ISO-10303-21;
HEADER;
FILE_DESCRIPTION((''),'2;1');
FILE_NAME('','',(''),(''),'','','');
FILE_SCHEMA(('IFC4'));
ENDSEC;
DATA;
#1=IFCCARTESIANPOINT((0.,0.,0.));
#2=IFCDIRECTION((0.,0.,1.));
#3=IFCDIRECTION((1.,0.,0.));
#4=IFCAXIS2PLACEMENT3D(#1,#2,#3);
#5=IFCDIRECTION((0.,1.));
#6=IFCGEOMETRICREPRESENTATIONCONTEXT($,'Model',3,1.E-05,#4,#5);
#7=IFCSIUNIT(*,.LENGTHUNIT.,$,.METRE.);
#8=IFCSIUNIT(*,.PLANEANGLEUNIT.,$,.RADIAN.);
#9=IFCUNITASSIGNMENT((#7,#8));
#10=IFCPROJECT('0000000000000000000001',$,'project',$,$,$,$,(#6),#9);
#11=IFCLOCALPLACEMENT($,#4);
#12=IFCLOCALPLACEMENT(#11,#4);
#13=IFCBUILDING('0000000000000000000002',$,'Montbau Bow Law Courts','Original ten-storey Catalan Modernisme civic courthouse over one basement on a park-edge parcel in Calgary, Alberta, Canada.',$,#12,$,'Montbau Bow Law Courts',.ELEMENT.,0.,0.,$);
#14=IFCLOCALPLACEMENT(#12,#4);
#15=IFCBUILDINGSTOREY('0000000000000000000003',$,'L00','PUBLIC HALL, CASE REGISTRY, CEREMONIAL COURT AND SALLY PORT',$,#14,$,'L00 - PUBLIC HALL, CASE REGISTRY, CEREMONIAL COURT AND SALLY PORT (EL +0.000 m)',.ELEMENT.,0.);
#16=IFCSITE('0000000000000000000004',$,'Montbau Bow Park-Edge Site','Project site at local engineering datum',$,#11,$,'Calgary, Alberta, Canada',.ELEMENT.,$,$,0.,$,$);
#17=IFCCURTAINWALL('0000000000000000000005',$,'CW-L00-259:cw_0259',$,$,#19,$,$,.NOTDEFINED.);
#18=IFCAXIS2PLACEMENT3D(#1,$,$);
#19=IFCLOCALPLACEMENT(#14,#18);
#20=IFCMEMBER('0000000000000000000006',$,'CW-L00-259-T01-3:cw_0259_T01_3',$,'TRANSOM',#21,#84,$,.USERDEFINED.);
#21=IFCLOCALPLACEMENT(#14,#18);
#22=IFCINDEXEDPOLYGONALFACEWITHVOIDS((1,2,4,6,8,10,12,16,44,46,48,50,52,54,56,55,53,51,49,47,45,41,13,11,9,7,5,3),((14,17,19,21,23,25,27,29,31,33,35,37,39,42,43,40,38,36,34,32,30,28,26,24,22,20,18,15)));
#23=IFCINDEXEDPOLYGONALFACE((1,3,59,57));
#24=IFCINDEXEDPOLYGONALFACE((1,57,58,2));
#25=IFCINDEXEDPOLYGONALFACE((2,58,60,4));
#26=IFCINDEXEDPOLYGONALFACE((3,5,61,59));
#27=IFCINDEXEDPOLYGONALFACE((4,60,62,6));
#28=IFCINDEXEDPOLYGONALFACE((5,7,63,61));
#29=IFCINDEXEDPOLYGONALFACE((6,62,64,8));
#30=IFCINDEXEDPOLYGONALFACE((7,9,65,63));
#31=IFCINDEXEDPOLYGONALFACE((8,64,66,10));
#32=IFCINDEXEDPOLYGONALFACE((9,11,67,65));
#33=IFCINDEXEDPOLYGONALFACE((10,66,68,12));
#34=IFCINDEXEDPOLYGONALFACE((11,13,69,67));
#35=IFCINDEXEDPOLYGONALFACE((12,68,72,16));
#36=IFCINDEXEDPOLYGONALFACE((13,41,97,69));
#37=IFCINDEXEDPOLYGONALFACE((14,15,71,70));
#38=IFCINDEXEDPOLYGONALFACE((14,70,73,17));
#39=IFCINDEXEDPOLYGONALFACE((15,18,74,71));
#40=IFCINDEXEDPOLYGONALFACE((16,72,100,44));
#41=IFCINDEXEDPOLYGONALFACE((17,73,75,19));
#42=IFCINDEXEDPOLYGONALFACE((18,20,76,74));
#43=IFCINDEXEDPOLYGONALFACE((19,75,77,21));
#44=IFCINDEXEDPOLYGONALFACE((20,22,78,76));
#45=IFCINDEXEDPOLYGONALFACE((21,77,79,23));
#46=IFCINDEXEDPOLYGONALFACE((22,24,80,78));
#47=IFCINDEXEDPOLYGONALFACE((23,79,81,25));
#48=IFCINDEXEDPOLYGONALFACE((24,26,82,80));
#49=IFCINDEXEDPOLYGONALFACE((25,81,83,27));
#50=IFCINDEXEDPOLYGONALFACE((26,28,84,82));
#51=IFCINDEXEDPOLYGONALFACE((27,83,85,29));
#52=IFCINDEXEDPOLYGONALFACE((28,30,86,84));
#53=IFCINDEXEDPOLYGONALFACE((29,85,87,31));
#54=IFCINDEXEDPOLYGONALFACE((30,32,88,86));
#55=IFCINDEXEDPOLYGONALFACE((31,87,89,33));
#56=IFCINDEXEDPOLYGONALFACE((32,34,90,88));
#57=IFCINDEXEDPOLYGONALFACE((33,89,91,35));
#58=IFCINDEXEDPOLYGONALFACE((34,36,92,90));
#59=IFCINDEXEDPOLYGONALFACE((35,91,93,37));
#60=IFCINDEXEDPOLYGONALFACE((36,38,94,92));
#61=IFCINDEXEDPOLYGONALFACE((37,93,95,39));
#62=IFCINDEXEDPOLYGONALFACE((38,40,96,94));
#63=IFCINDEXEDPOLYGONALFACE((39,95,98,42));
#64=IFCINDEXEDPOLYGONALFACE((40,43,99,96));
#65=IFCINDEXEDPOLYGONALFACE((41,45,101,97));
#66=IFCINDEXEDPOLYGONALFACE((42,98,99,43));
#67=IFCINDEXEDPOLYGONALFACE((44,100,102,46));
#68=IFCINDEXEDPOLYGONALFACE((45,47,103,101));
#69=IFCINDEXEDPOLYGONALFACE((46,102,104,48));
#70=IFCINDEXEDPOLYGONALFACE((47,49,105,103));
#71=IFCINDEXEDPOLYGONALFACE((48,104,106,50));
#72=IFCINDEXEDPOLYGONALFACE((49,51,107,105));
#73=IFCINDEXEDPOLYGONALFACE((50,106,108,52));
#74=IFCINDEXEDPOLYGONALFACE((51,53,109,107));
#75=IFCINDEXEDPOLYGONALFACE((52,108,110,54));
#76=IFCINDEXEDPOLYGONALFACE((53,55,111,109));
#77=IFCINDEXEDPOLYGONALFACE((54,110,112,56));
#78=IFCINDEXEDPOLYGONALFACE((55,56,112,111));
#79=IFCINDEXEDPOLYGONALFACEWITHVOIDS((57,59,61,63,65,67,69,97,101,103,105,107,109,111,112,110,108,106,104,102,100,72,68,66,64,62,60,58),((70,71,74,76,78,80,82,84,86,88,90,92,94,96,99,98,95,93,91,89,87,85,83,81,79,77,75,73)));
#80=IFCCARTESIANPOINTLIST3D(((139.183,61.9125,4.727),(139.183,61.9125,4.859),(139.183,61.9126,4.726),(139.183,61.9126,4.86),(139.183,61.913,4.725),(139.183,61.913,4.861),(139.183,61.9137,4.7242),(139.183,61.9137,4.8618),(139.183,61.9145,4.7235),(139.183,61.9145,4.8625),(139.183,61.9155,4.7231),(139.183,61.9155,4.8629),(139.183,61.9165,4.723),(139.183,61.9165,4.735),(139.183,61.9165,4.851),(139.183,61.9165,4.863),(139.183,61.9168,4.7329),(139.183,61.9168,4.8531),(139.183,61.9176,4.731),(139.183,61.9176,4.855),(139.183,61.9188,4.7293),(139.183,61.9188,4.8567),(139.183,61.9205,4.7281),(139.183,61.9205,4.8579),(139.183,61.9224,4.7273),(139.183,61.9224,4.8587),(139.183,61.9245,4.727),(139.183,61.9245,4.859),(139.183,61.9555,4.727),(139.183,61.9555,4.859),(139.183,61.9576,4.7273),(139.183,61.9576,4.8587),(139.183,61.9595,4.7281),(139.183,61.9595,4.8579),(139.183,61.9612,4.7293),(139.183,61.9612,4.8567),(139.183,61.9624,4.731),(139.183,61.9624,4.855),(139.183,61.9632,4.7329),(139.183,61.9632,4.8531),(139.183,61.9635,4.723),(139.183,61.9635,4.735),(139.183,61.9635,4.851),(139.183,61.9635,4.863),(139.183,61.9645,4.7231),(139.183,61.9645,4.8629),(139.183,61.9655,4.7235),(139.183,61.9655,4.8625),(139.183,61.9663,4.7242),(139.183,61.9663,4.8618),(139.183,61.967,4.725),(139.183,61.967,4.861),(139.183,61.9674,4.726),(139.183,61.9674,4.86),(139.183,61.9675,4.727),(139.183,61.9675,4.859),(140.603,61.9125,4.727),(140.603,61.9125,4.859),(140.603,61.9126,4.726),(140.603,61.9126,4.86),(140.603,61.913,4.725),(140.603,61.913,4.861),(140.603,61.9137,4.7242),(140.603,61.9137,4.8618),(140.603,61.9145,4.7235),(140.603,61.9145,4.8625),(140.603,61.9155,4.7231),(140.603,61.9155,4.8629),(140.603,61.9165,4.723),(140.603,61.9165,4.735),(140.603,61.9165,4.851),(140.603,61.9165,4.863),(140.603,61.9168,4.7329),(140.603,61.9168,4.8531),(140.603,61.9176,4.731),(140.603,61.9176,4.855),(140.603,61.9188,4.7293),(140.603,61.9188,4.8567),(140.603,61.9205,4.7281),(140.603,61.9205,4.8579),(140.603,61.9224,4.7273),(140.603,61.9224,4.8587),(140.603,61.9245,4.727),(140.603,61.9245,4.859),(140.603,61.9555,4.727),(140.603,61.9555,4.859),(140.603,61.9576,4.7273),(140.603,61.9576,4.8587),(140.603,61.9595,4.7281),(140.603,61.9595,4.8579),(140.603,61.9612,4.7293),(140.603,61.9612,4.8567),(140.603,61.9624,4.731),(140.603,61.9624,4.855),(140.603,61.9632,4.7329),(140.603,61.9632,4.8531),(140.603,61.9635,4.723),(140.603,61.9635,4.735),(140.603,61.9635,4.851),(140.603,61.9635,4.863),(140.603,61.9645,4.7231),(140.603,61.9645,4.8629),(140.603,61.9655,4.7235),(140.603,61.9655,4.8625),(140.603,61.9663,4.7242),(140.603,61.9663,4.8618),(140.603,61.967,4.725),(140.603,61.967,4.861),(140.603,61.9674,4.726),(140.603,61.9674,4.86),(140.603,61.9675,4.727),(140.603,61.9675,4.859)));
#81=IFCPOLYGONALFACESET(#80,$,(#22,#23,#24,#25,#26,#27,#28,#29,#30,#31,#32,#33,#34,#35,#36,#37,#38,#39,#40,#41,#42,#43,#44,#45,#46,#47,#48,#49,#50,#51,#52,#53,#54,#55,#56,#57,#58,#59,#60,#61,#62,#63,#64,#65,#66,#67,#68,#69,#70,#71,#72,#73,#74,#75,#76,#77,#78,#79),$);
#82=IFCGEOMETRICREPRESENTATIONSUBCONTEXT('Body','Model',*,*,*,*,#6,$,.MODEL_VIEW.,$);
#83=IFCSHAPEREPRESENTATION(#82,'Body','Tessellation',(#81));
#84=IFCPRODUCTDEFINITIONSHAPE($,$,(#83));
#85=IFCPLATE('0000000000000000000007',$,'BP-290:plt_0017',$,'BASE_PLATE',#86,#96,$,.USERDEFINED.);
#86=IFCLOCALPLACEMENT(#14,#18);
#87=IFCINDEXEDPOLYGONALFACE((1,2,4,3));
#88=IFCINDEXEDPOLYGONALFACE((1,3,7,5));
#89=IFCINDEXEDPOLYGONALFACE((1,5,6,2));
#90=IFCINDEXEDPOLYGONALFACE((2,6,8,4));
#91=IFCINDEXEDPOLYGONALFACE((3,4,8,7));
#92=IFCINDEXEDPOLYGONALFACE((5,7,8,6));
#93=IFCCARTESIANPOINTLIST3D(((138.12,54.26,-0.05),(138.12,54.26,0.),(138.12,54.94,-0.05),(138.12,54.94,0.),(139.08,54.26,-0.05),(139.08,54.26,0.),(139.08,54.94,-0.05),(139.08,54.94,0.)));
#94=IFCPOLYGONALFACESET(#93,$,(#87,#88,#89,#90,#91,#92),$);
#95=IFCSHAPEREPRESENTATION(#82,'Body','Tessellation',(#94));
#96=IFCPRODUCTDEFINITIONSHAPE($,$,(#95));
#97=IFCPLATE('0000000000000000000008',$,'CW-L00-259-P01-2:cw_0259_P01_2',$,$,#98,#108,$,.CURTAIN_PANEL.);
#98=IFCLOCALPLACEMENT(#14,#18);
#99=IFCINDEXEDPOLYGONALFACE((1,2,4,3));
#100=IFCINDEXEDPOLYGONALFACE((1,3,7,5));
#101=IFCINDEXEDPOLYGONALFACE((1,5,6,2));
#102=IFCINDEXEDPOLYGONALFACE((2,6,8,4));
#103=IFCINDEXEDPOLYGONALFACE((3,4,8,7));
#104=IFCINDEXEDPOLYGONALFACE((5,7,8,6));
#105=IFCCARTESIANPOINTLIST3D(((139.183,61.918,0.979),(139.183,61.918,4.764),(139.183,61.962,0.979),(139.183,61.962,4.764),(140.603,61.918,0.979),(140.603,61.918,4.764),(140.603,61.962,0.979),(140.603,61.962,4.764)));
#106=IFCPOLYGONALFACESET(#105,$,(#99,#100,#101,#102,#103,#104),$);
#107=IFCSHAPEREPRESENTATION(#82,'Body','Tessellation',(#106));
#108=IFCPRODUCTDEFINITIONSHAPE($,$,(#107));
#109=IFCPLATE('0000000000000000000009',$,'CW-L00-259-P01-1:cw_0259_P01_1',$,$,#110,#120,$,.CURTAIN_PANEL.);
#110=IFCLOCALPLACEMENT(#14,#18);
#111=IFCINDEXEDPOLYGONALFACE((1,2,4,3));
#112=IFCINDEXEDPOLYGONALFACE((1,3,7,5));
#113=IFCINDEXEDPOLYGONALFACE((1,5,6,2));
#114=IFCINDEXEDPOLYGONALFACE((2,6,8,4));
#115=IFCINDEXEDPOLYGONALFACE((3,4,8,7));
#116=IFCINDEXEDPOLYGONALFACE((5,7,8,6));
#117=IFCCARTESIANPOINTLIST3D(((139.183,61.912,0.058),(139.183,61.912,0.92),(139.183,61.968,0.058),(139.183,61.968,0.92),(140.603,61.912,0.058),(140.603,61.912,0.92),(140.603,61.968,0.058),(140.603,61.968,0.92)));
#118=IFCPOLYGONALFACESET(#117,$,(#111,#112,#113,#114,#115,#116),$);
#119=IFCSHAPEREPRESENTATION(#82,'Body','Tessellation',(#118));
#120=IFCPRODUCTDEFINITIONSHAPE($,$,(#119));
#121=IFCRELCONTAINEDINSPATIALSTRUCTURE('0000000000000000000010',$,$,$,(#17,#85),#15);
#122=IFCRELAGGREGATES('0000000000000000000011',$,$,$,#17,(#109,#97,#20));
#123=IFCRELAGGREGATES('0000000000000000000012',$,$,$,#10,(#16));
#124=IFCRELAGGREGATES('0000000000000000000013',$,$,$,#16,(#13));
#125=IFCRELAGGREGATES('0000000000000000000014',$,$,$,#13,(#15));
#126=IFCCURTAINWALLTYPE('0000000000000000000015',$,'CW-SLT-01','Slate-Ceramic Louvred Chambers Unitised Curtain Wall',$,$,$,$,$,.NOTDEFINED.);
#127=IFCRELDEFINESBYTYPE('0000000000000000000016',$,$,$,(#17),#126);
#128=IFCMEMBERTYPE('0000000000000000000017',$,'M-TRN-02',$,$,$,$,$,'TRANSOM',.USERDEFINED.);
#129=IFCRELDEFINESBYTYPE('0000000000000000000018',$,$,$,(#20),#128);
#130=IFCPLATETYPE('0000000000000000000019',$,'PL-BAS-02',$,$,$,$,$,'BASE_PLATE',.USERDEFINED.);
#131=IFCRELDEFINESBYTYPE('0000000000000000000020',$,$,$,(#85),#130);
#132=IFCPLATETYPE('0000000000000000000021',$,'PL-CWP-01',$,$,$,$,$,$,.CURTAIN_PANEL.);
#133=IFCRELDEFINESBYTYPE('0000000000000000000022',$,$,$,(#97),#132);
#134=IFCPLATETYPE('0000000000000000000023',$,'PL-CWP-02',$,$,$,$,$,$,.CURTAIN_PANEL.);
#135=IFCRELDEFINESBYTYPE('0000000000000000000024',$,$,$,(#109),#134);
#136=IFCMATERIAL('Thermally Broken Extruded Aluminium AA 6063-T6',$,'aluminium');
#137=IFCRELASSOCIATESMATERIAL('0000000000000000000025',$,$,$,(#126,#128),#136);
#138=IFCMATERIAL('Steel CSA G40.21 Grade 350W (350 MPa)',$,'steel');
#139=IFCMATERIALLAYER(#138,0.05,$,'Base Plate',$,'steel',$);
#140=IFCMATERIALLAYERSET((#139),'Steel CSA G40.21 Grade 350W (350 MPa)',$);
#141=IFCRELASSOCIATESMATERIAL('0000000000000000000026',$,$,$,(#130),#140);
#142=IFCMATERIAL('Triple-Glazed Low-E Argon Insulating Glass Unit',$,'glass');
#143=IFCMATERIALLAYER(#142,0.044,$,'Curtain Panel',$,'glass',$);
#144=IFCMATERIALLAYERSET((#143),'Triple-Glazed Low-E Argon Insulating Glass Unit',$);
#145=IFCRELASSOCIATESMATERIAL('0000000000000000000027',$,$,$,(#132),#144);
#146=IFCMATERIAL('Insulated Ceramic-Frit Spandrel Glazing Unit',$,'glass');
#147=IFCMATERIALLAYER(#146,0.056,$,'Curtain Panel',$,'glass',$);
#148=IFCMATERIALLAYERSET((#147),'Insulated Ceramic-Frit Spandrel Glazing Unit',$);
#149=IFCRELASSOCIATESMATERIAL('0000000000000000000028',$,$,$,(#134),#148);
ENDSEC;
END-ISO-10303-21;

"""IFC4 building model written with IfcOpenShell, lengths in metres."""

from ifc_helpers import new_model, si_unit, direction, frame, frame_2d, origin_with_axes, origin_2d_with_axis, place, context, subcontext, project, spatial, rectangle, hollow_rectangle, extrude, material, layer, layer_set, material_profile, profile_set, type_object, element, aggregate, save


model = new_model("IFC4")

# Units and contexts
model_context = context("Model", 3, precision=1e-05, world=origin_with_axes(), true_north=direction((0.0, 1.0)))
body_context = subcontext(model_context, "Body", "Model", "MODEL_VIEW")
ifc_project = project(units=[si_unit("LENGTHUNIT", "METRE"), si_unit("PLANEANGLEUNIT", "RADIAN")], contexts=[model_context])

# Site, building, storey
site_placement = place(None, origin_with_axes())
site = spatial("IfcSite", under=ifc_project, at=site_placement, Name="Montbau Bow Park-Edge Site", Description="Project site at local engineering datum", LongName="Calgary, Alberta, Canada", CompositionType="ELEMENT", RefElevation=0.0)
building_placement = place(site_placement, origin_with_axes())
building = spatial("IfcBuilding", under=site, at=building_placement, Name="Montbau Bow Law Courts", Description="Original ten-storey Catalan Modernisme civic courthouse over one basement on a park-edge parcel in Calgary, Alberta, Canada.", LongName="Montbau Bow Law Courts", CompositionType="ELEMENT", ElevationOfRefHeight=0.0, ElevationOfTerrain=0.0)
storey_placement = place(building_placement, origin_with_axes())
storey = spatial("IfcBuildingStorey", under=building, at=storey_placement, Name="L00", Description="PUBLIC HALL, CASE REGISTRY, CEREMONIAL COURT AND SALLY PORT", LongName="L00 - PUBLIC HALL, CASE REGISTRY, CEREMONIAL COURT AND SALLY PORT (EL +0.000 m)", CompositionType="ELEMENT", Elevation=0.0)

# Shared definitions
ifc_material_1 = material(Name="Steel CSA G40.21 Grade 350W (350 MPa)", Category="steel")

# Curtain wall, member
ifc_material_2 = material(Name="Thermally Broken Extruded Aluminium AA 6063-T6", Category="aluminium")
curtain_wall_type = type_object("IfcCurtainWallType", Name="CW-SLT-01", Description="Slate-Ceramic Louvred Chambers Unitised Curtain Wall", PredefinedType="NOTDEFINED", material=ifc_material_2)
curtain_wall_placement = place(None, frame((139.115, 61.94, 0.0), z_axis=(0.0, 0.0, 1.0), x_axis=(1.0, 0.0, 0.0)))
curtain_wall = element("IfcCurtainWall", 1, at=curtain_wall_placement, inside=storey, type_object=curtain_wall_type, Name="CW-L00-259:cw_0259", PredefinedType="NOTDEFINED")
ifc_material_profile_1 = material_profile(ifc_material_2, hollow_rectangle(XDim=0.055, YDim=0.14, WallThickness=0.004, InnerFilletRadius=0.008, OuterFilletRadius=0.004, at=origin_2d_with_axis()), Name="CWT-140X55", Category="Main", Priority=0)
ifc_profile_set_1 = profile_set([ifc_material_profile_1], Name="Thermally Broken Extruded Aluminium AA 6063-T6")
member_type_1 = type_object("IfcMemberType", Name="M-TRN-02", ElementType="TRANSOM", PredefinedType="USERDEFINED", material=ifc_profile_set_1)
member_1_placement = place(None, frame((139.183, 61.94, 4.793), z_axis=(1.0, 0.0, 0.0), x_axis=(0.0, 1.0, 0.0)))
member_1 = element("IfcMember", 2, at=member_1_placement, type_object=member_type_1, Name="CW-L00-259-T01-3:cw_0259_T01_3", ObjectType="TRANSOM", PredefinedType="USERDEFINED", context=body_context, shape_type="SweptSolid", body=[
    extrude(hollow_rectangle(XDim=0.055, YDim=0.14, WallThickness=0.004, InnerFilletRadius=0.008, OuterFilletRadius=0.004, at=origin_2d_with_axis()), origin_with_axes(), (0.0, 0.0, 1.0), 1.42),
])

# Plates
ifc_layer_1 = layer(ifc_material_1, 0.05, Name="Base Plate", Category="steel")
ifc_layer_set_1 = layer_set([ifc_layer_1], Name="Steel CSA G40.21 Grade 350W (350 MPa)")
plate_type_1 = type_object("IfcPlateType", Name="PL-BAS-02", ElementType="BASE_PLATE", PredefinedType="USERDEFINED", material=ifc_layer_set_1)
plate_1_placement = place(None, frame((138.6, 54.6, -0.05), z_axis=(0.0, 0.0, 1.0), x_axis=(1.0, 0.0, 0.0)))
element("IfcPlate", 3, at=plate_1_placement, inside=storey, type_object=plate_type_1, Name="BP-290:plt_0017", ObjectType="BASE_PLATE", PredefinedType="USERDEFINED", context=body_context, shape_type="SweptSolid", body=[
    extrude(rectangle(XDim=0.96, YDim=0.68, at=origin_2d_with_axis()), origin_with_axes(), (0.0, 0.0, 1.0), 0.05),
])
ifc_material_3 = material(Name="Triple-Glazed Low-E Argon Insulating Glass Unit", Category="glass")
ifc_layer_2 = layer(ifc_material_3, 0.044, Name="Curtain Panel", Category="glass")
ifc_layer_set_2 = layer_set([ifc_layer_2], Name="Triple-Glazed Low-E Argon Insulating Glass Unit")
plate_type_2 = type_object("IfcPlateType", Name="PL-CWP-01", PredefinedType="CURTAIN_PANEL", material=ifc_layer_set_2)
plate_2_placement = place(None, frame((139.183, 61.94, 0.979), z_axis=(0.0, -1.0, 0.0), x_axis=(1.0, 0.0, 0.0)))
plate_2 = element("IfcPlate", 4, at=plate_2_placement, type_object=plate_type_2, Name="CW-L00-259-P01-2:cw_0259_P01_2", PredefinedType="CURTAIN_PANEL", context=body_context, shape_type="SweptSolid", body=[
    extrude(rectangle(XDim=1.42, YDim=3.785, at=frame_2d((0.71, 1.8925), x_axis=(1.0, 0.0))), frame((0.0, 0.0, -0.022), z_axis=(0.0, 0.0, 1.0), x_axis=(1.0, 0.0, 0.0)), (0.0, 0.0, 1.0), 0.044),
])
ifc_material_4 = material(Name="Insulated Ceramic-Frit Spandrel Glazing Unit", Category="glass")
ifc_layer_3 = layer(ifc_material_4, 0.056, Name="Curtain Panel", Category="glass")
ifc_layer_set_3 = layer_set([ifc_layer_3], Name="Insulated Ceramic-Frit Spandrel Glazing Unit")
plate_type_3 = type_object("IfcPlateType", Name="PL-CWP-02", PredefinedType="CURTAIN_PANEL", material=ifc_layer_set_3)
plate_3_placement = place(None, frame((139.183, 61.94, 0.058), z_axis=(0.0, -1.0, 0.0), x_axis=(1.0, 0.0, 0.0)))
plate_3 = element("IfcPlate", 5, at=plate_3_placement, type_object=plate_type_3, Name="CW-L00-259-P01-1:cw_0259_P01_1", PredefinedType="CURTAIN_PANEL", context=body_context, shape_type="SweptSolid", body=[
    extrude(rectangle(XDim=1.42, YDim=0.862, at=frame_2d((0.71, 0.431), x_axis=(1.0, 0.0))), frame((0.0, 0.0, -0.028), z_axis=(0.0, 0.0, 1.0), x_axis=(1.0, 0.0, 0.0)), (0.0, 0.0, 1.0), 0.056),
])
aggregate(curtain_wall, [plate_3, plate_2, member_1])

save(model, "model.ifc")
